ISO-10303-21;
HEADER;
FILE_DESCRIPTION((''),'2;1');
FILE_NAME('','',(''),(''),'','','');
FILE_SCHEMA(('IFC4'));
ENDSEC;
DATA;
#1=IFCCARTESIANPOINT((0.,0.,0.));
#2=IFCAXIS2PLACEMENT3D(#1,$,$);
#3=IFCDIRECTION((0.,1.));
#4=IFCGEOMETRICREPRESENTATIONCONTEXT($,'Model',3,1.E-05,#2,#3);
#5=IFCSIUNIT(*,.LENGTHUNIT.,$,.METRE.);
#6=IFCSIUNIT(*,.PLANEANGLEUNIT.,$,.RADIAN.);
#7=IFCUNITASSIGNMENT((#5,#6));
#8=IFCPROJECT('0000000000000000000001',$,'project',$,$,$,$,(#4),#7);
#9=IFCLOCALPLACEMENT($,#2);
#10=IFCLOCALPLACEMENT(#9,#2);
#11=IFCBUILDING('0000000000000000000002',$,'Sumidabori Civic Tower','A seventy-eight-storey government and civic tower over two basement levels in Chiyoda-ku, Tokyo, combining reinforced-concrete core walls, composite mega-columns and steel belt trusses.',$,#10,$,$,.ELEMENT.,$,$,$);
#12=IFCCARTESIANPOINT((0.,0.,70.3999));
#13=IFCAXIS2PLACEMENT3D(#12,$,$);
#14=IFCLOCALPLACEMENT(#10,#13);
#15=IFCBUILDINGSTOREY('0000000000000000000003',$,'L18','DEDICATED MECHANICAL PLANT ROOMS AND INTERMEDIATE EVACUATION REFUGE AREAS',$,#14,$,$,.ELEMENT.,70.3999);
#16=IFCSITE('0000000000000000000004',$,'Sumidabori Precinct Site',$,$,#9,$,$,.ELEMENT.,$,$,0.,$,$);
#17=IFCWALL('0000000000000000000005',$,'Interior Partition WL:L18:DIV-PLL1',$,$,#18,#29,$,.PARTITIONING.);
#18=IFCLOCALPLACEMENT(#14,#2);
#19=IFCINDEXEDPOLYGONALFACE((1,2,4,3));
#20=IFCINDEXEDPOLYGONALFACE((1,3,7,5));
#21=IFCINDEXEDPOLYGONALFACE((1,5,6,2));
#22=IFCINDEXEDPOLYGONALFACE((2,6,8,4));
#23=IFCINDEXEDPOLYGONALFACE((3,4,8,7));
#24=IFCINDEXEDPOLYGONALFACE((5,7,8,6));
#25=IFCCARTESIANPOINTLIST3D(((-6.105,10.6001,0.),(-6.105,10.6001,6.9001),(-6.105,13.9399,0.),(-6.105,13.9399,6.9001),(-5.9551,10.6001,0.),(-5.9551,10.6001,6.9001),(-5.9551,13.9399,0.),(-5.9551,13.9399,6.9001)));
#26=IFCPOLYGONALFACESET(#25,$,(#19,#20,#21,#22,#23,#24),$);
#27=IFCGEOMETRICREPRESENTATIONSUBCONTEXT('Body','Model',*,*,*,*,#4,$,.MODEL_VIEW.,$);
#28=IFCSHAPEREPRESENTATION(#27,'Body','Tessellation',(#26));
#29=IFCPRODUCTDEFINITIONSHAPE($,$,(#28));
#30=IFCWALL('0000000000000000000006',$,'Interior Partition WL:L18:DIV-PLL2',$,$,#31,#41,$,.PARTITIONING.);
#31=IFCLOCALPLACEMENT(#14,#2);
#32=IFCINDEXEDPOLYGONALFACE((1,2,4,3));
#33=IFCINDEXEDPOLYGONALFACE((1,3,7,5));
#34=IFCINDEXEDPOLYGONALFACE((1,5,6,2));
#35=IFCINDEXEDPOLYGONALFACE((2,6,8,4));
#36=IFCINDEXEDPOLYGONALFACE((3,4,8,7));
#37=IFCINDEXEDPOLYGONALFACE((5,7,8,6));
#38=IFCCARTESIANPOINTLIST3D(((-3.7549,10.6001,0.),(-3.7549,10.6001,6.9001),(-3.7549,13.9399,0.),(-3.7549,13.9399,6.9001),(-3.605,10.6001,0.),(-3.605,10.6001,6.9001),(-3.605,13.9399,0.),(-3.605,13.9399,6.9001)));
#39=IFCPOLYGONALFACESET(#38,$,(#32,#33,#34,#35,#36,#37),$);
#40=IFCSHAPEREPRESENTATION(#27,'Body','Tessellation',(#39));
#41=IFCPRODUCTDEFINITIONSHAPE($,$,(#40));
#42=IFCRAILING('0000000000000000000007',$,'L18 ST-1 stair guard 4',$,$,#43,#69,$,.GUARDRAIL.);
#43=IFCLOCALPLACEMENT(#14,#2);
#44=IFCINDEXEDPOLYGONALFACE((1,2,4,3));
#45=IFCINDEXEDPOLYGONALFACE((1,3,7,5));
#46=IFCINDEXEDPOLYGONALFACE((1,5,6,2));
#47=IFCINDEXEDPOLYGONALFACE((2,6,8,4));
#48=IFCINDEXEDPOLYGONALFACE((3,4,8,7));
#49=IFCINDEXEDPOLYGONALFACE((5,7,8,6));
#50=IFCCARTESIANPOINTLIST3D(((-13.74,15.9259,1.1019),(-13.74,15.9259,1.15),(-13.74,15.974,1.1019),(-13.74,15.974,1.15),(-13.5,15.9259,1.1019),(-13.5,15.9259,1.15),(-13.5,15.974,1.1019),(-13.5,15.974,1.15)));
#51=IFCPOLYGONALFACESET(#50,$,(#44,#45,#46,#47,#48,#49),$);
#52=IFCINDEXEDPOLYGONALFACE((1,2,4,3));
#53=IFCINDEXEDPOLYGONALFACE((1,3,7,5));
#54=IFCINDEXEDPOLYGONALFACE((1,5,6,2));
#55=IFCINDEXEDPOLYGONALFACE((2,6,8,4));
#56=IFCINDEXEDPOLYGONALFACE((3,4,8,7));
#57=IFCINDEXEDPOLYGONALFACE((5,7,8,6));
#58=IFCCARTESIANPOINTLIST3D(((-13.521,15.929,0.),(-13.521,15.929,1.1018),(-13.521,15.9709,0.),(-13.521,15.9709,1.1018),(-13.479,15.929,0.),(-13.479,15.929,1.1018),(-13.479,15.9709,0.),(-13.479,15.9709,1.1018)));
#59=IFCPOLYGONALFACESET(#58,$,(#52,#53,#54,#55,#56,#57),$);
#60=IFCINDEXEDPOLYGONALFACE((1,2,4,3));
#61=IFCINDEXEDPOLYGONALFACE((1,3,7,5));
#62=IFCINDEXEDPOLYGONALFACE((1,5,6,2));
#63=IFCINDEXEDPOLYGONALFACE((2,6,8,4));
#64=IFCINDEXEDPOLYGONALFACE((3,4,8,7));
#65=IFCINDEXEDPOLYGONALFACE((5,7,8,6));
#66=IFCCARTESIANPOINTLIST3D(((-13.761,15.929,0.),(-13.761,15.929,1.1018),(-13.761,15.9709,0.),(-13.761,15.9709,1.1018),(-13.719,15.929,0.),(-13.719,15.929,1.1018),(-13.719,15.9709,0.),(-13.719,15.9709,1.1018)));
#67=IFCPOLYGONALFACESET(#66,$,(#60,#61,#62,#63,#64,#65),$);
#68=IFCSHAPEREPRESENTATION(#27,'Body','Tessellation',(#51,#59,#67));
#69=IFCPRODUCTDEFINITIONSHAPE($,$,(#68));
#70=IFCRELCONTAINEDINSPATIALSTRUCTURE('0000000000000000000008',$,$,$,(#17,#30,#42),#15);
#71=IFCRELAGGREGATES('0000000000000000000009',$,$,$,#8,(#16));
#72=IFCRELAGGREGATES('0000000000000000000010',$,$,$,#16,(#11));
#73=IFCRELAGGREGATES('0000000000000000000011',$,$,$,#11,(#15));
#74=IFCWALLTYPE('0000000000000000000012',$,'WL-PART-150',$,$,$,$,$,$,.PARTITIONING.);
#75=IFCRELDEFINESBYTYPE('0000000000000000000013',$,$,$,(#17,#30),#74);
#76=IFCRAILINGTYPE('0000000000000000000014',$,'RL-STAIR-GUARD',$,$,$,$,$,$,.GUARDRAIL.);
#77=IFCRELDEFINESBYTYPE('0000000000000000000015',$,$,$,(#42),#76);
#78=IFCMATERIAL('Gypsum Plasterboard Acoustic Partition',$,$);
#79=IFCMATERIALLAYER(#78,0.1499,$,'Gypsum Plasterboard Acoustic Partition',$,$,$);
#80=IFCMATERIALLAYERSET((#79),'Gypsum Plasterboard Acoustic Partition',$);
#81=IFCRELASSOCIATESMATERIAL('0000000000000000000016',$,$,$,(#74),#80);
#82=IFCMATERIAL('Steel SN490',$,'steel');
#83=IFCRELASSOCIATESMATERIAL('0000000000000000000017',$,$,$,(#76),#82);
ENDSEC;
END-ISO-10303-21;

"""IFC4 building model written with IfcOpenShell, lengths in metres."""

from ifc_helpers import new_model, si_unit, direction, frame, frame_2d, origin, origin_2d, place, context, subcontext, project, spatial, rectangle, extrude, source, transform, mapped, material, layer, layer_set, type_object, element, save


model = new_model("IFC4")

# Units and contexts
model_context = context("Model", 3, precision=1e-05, world=origin(), true_north=direction((0.0, 1.0)))
body_context = subcontext(model_context, "Body", "Model", "MODEL_VIEW")
ifc_project = project(units=[si_unit("LENGTHUNIT", "METRE"), si_unit("PLANEANGLEUNIT", "RADIAN")], contexts=[model_context])

# Site, building, storey
site_placement = place(None, origin())
site = spatial("IfcSite", under=ifc_project, at=site_placement, Name="Sumidabori Precinct Site", CompositionType="ELEMENT", RefElevation=0.0)
building_placement = place(site_placement, origin())
building = spatial("IfcBuilding", under=site, at=building_placement, Name="Sumidabori Civic Tower", Description="A seventy-eight-storey government and civic tower over two basement levels in Chiyoda-ku, Tokyo, combining reinforced-concrete core walls, composite mega-columns and steel belt trusses.", CompositionType="ELEMENT")
storey_placement = place(building_placement, frame((0.0, 0.0, 70.3999)))
storey = spatial("IfcBuildingStorey", under=building, at=storey_placement, Name="L18", Description="DEDICATED MECHANICAL PLANT ROOMS AND INTERMEDIATE EVACUATION REFUGE AREAS", CompositionType="ELEMENT", Elevation=70.3999)

# Shared definitions
ifc_material_1 = material(Name="Steel SN490", Category="steel")

# Walls
ifc_material_2 = material(Name="Gypsum Plasterboard Acoustic Partition")
ifc_layer_1 = layer(ifc_material_2, 0.1499, Name="Gypsum Plasterboard Acoustic Partition")
ifc_layer_set_1 = layer_set([ifc_layer_1], Name="Gypsum Plasterboard Acoustic Partition")
wall_type_1 = type_object("IfcWallType", Name="WL-PART-150", PredefinedType="PARTITIONING", material=ifc_layer_set_1)
shared_shape_1 = source(origin(), body_context, "Body", "SweptSolid", [
    extrude(rectangle(XDim=3.3398, YDim=0.1499, at=frame_2d((1.6699, 0.0))), origin(), (0.0, 0.0, 1.0), 6.9001),
])
for number, where, z_axis, x_axis, name in (
    (1, (-6.03, 10.6001, 0.0), (0.0, 0.0, 1.0), (0.0, 1.0, 0.0), "Interior Partition WL:L18:DIV-PLL1"),
    (2, (-3.6799, 10.6001, 0.0), (0.0, 0.0, 1.0), (0.0, 1.0, 0.0), "Interior Partition WL:L18:DIV-PLL2"),
):
    element("IfcWall", number, at=place(storey_placement, frame(where, z_axis=z_axis, x_axis=x_axis)), inside=storey, type_object=wall_type_1, Name=name, PredefinedType="PARTITIONING", context=body_context, shape_type="MappedRepresentation", body=[
        mapped(shared_shape_1, transform((0.0, 0.0, 0.0), x_axis=(1.0, 0.0, 0.0), y_axis=(0.0, 1.0, 0.0), z_axis=(0.0, 0.0, 1.0), scale=1.0)),
    ])

# Railing
railing_type = type_object("IfcRailingType", Name="RL-STAIR-GUARD", PredefinedType="GUARDRAIL", material=ifc_material_1)
railing_placement = place(storey_placement, frame((-13.5, 15.95, 0.0)))
element("IfcRailing", 3, at=railing_placement, inside=storey, type_object=railing_type, Name="L18 ST-1 stair guard 4", PredefinedType="GUARDRAIL", context=body_context, shape_type="SweptSolid", body=[
    extrude(rectangle(XDim=0.0481, YDim=0.0481, at=origin_2d()), frame((0.0, 0.0, 1.126), z_axis=(-1.0, 0.0, 0.0), x_axis=(0.0, -1.0, 0.0)), (0.0, 0.0, 1.0), 0.24),
    extrude(rectangle(XDim=0.042, YDim=0.042, at=origin_2d()), origin(), (0.0, 0.0, 1.0), 1.1018),
    extrude(rectangle(XDim=0.042, YDim=0.042, at=origin_2d()), frame((-0.24, 0.0, 0.0)), (0.0, 0.0, 1.0), 1.1018),
])

save(model, "model.ifc")
